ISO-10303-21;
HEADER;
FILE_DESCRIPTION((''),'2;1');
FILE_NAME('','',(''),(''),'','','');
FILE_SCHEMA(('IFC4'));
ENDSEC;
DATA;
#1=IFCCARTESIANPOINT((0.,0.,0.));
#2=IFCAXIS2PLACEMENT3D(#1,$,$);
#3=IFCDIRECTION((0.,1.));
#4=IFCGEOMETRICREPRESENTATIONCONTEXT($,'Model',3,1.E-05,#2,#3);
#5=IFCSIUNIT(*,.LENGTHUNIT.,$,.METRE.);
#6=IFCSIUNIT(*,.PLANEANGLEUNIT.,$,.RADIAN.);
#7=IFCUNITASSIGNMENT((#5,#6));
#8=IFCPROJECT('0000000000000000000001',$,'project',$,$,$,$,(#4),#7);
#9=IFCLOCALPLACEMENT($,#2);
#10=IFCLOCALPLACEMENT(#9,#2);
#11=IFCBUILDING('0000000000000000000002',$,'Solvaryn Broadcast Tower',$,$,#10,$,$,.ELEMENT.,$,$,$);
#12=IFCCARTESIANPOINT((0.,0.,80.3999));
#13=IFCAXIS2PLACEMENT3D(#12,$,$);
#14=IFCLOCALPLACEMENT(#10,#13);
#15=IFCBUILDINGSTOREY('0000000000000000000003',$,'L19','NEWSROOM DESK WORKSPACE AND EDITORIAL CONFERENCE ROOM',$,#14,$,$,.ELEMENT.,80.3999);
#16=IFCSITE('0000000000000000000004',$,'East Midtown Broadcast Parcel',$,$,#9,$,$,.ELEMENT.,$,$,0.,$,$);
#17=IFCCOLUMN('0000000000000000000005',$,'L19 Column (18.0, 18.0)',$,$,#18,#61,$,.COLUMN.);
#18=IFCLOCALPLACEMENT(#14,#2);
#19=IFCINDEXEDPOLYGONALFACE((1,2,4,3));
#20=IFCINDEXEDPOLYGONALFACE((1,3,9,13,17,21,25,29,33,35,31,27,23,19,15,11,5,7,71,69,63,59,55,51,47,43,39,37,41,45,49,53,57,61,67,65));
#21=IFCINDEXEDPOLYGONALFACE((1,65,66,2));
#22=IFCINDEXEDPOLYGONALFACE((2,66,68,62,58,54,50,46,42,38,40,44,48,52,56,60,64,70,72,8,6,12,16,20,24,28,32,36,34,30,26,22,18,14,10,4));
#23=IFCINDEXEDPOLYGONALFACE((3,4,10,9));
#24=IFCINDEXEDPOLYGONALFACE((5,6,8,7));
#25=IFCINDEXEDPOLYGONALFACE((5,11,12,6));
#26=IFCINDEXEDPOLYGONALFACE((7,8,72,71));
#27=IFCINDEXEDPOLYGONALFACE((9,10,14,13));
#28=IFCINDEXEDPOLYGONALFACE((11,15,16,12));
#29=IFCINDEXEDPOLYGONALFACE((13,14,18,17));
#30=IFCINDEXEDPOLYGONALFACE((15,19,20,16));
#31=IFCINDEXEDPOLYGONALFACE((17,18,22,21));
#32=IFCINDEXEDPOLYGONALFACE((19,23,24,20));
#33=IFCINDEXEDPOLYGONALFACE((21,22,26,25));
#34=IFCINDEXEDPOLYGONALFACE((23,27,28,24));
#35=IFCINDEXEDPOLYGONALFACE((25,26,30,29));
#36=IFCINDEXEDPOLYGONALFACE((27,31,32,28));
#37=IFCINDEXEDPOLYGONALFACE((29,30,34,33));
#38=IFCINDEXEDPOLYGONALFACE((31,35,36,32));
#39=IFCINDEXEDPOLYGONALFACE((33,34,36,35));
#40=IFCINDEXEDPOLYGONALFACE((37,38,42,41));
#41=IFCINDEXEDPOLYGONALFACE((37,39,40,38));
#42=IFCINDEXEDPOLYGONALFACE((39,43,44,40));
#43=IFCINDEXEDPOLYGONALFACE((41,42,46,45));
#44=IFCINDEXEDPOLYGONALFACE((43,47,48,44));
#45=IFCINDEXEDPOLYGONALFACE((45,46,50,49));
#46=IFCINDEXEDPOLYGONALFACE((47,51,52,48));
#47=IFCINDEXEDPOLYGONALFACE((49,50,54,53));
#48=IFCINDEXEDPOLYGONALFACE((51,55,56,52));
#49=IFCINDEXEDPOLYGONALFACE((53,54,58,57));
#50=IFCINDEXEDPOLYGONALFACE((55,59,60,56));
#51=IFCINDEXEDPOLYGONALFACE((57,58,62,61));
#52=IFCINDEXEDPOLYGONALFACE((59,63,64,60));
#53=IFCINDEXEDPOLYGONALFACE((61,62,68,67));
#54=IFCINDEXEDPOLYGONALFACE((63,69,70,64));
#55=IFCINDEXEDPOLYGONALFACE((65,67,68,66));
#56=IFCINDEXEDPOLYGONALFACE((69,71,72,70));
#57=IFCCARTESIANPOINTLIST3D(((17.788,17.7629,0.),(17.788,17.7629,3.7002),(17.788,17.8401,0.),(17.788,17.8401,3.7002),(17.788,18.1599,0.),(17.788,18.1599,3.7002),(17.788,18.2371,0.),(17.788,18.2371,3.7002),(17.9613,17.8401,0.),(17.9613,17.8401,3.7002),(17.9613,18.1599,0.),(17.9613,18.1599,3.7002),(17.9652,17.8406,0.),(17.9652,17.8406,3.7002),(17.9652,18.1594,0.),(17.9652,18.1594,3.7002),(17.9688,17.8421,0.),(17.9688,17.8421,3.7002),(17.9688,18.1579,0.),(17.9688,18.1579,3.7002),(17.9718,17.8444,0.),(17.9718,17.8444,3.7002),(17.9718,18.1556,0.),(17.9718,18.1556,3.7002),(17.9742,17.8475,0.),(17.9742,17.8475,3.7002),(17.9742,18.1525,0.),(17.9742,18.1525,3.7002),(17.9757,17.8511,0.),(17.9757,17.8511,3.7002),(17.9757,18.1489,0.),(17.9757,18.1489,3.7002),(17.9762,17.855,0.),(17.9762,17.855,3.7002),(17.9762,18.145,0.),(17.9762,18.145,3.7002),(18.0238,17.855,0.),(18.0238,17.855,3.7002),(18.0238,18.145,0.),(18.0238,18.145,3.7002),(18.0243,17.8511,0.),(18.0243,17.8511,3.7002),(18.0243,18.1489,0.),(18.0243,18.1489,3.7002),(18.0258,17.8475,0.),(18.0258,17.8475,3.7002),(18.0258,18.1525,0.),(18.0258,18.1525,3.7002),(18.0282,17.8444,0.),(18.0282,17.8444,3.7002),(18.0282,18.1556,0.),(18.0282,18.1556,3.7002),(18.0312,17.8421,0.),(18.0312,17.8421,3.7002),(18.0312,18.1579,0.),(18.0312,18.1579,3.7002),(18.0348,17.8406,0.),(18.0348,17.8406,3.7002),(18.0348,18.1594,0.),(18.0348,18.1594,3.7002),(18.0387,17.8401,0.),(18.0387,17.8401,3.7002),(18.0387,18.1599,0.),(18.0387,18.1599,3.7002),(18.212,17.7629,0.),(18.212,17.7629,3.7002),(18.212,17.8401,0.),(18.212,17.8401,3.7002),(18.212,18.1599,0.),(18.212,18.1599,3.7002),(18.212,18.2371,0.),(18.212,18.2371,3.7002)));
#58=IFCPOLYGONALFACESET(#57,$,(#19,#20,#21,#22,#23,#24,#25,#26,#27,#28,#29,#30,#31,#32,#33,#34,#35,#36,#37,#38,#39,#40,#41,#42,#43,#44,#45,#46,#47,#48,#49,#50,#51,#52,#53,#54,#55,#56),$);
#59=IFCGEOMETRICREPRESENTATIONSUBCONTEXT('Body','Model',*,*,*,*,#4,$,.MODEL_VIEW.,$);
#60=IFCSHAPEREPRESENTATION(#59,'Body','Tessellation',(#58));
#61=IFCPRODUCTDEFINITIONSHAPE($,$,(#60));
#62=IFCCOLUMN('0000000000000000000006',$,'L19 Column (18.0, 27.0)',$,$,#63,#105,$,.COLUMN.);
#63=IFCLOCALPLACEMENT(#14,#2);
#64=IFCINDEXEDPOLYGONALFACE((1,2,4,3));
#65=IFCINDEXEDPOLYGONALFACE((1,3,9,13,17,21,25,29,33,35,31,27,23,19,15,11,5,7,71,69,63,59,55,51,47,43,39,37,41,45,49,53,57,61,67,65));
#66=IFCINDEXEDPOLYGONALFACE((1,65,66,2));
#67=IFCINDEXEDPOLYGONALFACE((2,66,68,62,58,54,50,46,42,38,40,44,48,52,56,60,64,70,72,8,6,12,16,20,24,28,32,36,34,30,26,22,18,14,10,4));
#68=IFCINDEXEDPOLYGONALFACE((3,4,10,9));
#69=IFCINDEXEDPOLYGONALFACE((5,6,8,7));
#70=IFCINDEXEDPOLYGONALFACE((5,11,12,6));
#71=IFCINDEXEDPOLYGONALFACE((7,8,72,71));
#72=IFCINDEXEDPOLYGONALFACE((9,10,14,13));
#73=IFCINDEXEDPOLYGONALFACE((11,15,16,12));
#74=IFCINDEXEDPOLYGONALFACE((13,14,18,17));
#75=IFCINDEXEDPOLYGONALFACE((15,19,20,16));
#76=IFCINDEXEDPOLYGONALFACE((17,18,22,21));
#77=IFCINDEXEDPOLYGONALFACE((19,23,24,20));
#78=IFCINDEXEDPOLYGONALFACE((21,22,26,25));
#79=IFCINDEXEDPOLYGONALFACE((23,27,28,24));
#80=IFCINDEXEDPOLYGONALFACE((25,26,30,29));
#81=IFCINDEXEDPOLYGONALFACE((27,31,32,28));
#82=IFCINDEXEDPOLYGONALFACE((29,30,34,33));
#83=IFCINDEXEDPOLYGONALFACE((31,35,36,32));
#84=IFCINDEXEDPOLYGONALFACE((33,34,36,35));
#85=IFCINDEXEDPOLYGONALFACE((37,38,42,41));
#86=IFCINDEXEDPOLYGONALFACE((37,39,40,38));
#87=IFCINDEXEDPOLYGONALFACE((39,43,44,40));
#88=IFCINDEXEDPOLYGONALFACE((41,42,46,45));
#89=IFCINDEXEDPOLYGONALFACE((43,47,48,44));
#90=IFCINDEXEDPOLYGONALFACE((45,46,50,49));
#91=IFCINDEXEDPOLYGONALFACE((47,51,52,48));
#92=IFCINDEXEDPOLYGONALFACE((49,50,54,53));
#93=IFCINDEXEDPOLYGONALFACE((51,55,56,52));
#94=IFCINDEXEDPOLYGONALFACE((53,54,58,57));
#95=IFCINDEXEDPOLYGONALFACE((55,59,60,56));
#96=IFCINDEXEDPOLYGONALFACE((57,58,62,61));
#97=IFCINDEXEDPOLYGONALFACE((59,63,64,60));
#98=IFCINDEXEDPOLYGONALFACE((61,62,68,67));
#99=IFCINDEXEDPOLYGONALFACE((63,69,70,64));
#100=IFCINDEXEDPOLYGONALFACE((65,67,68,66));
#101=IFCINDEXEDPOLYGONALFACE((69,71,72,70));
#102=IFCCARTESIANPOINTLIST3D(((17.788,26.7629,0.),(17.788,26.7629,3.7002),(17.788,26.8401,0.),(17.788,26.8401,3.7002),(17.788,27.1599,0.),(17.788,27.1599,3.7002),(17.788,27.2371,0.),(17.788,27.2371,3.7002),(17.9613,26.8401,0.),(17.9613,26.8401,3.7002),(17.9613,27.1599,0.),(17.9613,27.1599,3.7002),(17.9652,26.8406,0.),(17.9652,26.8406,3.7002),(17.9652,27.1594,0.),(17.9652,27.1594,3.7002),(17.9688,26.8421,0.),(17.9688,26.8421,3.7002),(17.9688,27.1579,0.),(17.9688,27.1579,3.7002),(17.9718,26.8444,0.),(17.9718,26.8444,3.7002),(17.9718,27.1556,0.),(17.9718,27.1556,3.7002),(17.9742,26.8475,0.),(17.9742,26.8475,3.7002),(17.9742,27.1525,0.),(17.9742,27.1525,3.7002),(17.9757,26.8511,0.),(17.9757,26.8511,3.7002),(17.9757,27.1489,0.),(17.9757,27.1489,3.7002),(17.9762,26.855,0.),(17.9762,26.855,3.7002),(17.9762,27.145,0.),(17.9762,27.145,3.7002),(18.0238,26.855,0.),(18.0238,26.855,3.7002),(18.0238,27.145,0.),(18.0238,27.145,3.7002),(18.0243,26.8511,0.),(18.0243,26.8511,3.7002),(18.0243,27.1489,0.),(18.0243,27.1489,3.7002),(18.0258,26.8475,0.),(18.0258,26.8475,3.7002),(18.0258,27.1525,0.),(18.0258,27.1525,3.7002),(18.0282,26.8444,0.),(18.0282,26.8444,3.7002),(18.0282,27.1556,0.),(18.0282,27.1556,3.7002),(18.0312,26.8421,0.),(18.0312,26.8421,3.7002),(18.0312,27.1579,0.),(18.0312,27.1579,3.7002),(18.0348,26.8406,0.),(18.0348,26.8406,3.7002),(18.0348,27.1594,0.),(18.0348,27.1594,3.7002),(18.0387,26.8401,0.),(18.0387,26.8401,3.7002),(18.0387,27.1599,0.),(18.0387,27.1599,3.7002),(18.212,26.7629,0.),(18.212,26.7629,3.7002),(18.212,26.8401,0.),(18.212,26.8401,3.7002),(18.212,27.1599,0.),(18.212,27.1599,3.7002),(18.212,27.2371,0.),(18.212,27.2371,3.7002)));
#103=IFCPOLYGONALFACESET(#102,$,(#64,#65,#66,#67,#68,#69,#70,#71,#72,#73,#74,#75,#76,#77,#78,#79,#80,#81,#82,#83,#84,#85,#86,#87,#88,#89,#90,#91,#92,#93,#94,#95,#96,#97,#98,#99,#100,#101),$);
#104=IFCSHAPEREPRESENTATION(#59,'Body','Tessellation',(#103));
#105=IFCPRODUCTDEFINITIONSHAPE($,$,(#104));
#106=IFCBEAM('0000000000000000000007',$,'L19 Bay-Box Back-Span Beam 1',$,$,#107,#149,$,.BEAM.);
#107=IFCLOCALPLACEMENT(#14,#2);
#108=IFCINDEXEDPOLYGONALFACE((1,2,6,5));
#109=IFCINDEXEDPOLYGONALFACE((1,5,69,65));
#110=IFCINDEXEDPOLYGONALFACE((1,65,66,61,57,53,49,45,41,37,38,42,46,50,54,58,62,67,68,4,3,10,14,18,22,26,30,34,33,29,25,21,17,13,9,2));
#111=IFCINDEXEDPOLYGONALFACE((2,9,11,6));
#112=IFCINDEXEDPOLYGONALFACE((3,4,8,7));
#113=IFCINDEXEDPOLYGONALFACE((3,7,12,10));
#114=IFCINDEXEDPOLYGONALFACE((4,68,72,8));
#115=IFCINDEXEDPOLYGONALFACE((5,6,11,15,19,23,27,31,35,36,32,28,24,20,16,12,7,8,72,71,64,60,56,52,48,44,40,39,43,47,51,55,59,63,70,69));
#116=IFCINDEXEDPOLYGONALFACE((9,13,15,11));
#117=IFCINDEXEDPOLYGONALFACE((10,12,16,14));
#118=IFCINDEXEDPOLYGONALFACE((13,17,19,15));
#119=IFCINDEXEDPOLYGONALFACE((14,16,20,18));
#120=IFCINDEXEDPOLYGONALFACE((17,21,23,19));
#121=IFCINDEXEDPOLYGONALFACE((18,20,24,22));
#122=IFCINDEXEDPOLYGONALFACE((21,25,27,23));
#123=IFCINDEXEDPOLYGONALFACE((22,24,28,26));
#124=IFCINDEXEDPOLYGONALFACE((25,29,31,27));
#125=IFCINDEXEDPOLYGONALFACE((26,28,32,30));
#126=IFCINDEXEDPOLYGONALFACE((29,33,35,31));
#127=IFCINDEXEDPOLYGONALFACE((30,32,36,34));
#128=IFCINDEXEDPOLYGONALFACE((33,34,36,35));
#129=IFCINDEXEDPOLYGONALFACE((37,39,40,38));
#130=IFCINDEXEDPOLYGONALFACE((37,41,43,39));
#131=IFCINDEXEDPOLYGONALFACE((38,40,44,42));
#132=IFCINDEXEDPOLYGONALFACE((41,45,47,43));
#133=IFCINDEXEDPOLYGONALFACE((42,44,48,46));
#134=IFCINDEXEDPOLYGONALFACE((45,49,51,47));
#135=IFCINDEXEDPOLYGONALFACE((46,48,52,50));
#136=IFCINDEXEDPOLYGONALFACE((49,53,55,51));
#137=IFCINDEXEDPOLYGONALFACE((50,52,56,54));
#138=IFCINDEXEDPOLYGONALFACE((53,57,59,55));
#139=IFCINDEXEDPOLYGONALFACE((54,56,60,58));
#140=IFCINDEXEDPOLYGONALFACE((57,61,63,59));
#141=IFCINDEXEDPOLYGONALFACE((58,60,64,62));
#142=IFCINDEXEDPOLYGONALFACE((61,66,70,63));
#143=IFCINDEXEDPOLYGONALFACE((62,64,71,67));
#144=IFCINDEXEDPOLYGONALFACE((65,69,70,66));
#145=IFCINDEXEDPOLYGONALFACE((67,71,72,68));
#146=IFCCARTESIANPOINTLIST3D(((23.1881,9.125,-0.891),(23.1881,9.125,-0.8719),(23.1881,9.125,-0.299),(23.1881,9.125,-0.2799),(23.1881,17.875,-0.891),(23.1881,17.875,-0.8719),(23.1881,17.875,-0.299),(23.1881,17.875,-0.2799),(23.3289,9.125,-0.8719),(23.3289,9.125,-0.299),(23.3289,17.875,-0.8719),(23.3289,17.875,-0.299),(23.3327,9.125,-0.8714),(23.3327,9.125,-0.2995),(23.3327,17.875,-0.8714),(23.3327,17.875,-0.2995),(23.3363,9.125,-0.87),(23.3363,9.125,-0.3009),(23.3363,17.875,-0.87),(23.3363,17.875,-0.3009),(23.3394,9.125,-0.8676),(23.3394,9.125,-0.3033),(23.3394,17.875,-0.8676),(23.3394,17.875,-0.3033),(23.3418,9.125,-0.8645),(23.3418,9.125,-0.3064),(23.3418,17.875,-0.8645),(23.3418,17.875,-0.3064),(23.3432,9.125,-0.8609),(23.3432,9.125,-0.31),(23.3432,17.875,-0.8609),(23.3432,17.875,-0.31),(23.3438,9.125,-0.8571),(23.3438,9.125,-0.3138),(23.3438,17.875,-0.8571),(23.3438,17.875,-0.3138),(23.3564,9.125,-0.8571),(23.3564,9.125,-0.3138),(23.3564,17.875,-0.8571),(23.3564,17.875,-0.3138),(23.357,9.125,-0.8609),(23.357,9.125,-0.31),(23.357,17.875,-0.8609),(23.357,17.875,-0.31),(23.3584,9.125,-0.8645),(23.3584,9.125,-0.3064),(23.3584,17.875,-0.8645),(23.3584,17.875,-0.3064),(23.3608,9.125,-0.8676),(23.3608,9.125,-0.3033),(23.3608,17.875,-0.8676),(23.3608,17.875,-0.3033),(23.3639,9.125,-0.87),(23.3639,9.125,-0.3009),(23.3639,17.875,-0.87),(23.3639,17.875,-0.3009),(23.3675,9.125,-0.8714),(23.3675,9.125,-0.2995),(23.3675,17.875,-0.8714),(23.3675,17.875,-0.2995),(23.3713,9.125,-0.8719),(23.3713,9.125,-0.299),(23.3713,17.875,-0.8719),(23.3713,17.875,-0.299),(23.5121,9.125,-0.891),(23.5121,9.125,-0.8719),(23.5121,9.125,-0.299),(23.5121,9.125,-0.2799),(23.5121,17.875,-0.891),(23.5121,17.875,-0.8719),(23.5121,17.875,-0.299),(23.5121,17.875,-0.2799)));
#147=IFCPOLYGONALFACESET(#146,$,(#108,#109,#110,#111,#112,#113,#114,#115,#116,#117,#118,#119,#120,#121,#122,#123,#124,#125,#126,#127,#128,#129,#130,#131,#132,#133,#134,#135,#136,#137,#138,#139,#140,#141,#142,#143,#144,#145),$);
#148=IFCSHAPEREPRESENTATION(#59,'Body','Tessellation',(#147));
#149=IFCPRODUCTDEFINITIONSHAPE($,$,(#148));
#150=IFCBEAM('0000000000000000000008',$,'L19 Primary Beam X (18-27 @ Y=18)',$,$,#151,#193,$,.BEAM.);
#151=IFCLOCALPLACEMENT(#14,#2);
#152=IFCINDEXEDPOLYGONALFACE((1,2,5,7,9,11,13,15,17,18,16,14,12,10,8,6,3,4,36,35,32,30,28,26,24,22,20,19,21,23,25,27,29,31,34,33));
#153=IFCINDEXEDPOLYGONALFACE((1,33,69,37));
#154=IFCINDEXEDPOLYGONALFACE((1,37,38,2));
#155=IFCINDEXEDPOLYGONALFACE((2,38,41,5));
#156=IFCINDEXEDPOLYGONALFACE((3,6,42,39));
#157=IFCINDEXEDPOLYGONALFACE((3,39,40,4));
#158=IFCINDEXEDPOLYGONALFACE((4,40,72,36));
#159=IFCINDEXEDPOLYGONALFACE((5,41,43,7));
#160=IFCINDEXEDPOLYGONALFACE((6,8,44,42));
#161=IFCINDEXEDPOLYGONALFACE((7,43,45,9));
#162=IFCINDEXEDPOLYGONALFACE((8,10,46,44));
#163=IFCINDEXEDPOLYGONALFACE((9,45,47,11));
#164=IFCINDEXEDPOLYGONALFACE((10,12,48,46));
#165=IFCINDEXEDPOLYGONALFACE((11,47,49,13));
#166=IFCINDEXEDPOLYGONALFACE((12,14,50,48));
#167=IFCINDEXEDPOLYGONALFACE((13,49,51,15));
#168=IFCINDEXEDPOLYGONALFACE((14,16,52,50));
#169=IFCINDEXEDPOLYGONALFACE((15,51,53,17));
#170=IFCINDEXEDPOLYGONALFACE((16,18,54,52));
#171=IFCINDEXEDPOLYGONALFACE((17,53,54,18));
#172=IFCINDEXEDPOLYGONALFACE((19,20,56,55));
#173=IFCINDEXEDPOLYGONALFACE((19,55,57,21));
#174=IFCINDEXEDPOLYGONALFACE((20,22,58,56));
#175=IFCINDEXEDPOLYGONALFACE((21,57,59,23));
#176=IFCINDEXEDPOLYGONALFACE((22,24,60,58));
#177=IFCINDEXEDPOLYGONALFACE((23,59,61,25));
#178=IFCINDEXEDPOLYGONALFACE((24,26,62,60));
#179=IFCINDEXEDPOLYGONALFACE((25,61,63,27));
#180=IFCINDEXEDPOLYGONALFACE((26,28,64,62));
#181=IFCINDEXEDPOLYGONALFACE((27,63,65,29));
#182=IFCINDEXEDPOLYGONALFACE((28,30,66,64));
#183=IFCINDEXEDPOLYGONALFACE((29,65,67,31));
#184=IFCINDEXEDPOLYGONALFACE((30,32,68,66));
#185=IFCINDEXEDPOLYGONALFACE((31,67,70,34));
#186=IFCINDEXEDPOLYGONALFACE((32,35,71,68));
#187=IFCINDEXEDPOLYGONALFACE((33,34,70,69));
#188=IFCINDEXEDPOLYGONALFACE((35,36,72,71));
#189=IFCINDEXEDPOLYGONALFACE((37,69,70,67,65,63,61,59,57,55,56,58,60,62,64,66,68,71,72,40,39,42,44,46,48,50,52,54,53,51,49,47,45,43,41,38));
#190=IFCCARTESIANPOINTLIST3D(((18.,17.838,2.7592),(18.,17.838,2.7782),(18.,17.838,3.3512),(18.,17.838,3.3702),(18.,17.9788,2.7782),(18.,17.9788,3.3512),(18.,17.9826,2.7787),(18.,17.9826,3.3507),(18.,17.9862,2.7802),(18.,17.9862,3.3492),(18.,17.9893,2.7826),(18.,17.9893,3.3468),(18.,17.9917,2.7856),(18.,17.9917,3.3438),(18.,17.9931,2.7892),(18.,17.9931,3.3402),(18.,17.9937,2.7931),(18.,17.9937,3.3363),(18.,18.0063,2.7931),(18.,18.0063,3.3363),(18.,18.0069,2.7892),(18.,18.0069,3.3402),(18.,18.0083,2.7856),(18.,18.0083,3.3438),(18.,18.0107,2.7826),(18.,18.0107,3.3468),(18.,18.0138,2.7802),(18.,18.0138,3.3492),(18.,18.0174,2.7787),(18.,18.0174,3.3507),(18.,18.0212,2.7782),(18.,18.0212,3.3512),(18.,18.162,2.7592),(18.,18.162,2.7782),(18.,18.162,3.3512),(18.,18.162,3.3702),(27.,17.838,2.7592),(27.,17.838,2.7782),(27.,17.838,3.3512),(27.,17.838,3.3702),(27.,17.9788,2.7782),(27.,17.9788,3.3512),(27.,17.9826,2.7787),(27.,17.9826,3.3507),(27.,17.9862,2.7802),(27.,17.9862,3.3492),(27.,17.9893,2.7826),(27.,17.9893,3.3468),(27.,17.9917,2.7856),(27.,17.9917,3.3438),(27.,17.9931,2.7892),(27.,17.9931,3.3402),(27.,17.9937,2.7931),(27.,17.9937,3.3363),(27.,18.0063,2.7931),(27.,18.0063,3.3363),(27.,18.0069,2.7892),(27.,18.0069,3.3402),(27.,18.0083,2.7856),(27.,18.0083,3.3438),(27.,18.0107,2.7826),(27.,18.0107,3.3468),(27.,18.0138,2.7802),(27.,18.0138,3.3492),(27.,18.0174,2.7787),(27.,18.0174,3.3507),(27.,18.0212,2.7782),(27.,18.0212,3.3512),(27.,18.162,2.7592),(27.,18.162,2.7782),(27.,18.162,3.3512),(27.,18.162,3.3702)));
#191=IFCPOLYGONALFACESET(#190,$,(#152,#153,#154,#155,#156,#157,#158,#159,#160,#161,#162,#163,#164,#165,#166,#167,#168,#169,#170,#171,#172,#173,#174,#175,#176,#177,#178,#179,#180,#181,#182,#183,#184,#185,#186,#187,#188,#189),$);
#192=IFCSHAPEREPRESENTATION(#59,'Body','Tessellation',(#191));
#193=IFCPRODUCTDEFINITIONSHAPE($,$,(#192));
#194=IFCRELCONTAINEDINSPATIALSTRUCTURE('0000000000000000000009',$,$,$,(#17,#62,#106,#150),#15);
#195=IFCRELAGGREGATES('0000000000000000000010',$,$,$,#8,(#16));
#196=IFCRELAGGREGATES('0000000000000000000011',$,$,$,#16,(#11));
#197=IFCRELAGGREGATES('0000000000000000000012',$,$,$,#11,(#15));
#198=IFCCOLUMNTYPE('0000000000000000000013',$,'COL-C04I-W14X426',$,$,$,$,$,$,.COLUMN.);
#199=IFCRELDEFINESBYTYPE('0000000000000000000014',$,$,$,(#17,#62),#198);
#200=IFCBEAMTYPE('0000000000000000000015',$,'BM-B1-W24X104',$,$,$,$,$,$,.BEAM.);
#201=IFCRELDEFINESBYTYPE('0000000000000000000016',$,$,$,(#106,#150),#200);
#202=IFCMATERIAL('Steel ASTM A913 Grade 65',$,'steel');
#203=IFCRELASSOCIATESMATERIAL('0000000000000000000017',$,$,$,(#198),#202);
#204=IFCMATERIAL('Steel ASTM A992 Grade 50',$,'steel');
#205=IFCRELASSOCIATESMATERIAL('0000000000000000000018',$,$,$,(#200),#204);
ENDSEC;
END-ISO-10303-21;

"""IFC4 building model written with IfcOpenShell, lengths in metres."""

from ifc_helpers import new_model, si_unit, direction, frame, origin, origin_2d, place, context, subcontext, project, spatial, i_section, extrude, material, material_profile, profile_set, type_object, element, save


model = new_model("IFC4")

# Units and contexts
model_context = context("Model", 3, precision=1e-05, world=origin(), true_north=direction((0.0, 1.0)))
body_context = subcontext(model_context, "Body", "Model", "MODEL_VIEW")
ifc_project = project(units=[si_unit("LENGTHUNIT", "METRE"), si_unit("PLANEANGLEUNIT", "RADIAN")], contexts=[model_context])

# Site, building, storey
site_placement = place(None, origin())
site = spatial("IfcSite", under=ifc_project, at=site_placement, Name="East Midtown Broadcast Parcel", CompositionType="ELEMENT", RefElevation=0.0)
building_placement = place(site_placement, origin())
building = spatial("IfcBuilding", under=site, at=building_placement, Name="Solvaryn Broadcast Tower", CompositionType="ELEMENT")
storey_placement = place(building_placement, frame((0.0, 0.0, 80.3999)))
storey = spatial("IfcBuildingStorey", under=building, at=storey_placement, Name="L19", Description="NEWSROOM DESK WORKSPACE AND EDITORIAL CONFERENCE ROOM", CompositionType="ELEMENT", Elevation=80.3999)

# Columns
ifc_material_1 = material(Name="Steel ASTM A913 Grade 65", Category="steel")
ifc_material_profile_1 = material_profile(ifc_material_1, i_section(OverallWidth=0.4241, OverallDepth=0.4741, WebThickness=0.0476, FlangeThickness=0.0771, FilletRadius=0.0149, at=origin_2d()))
ifc_profile_set_1 = profile_set([ifc_material_profile_1], Name="Steel ASTM A913 Grade 65")
column_type = type_object("IfcColumnType", Name="COL-C04I-W14X426", PredefinedType="COLUMN", material=ifc_profile_set_1)
for number, where, z_axis, x_axis, name in (
    (1, (18.0, 18.0, 0.0), (0.0, 0.0, 1.0), (1.0, 0.0, 0.0), "L19 Column (18.0, 18.0)"),
    (2, (18.0, 27.0, 0.0), (0.0, 0.0, 1.0), (1.0, 0.0, 0.0), "L19 Column (18.0, 27.0)"),
):
    element("IfcColumn", number, at=place(storey_placement, frame(where, z_axis=z_axis, x_axis=x_axis)), inside=storey, type_object=column_type, Name=name, PredefinedType="COLUMN", context=body_context, shape_type="SweptSolid", body=[
        extrude(i_section(OverallWidth=0.4241, OverallDepth=0.4741, WebThickness=0.0476, FlangeThickness=0.0771, FilletRadius=0.0149, at=origin_2d()), origin(), (0.0, 0.0, 1.0), 3.7002),
    ])

# Beams
ifc_material_2 = material(Name="Steel ASTM A992 Grade 50", Category="steel")
ifc_material_profile_2 = material_profile(ifc_material_2, i_section(OverallWidth=0.324, OverallDepth=0.6111, WebThickness=0.0127, FlangeThickness=0.019, FilletRadius=0.0149, at=origin_2d()))
ifc_profile_set_2 = profile_set([ifc_material_profile_2], Name="Steel ASTM A992 Grade 50")
beam_type_1 = type_object("IfcBeamType", Name="BM-B1-W24X104", PredefinedType="BEAM", material=ifc_profile_set_2)
beam_1_placement = place(storey_placement, frame((23.3501, 17.875, -0.5854), z_axis=(0.0, -1.0, 0.0), x_axis=(1.0, 0.0, 0.0)))
element("IfcBeam", 3, at=beam_1_placement, inside=storey, type_object=beam_type_1, Name="L19 Bay-Box Back-Span Beam 1", PredefinedType="BEAM", context=body_context, shape_type="SweptSolid", body=[
    extrude(i_section(OverallWidth=0.324, OverallDepth=0.6111, WebThickness=0.0127, FlangeThickness=0.019, FilletRadius=0.0149, at=origin_2d()), origin(), (0.0, 0.0, 1.0), 8.75),
])
for number, where, z_axis, x_axis, name in (
    (4, (18.0, 18.0, 3.0647), (1.0, 0.0, 0.0), (0.0, 1.0, 0.0), "L19 Primary Beam X (18-27 @ Y=18)"),
):
    element("IfcBeam", number, at=place(storey_placement, frame(where, z_axis=z_axis, x_axis=x_axis)), inside=storey, type_object=beam_type_1, Name=name, PredefinedType="BEAM", context=body_context, shape_type="SweptSolid", body=[
        extrude(i_section(OverallWidth=0.324, OverallDepth=0.6111, WebThickness=0.0127, FlangeThickness=0.019, FilletRadius=0.0149, at=origin_2d()), origin(), (0.0, 0.0, 1.0), 9.0),
    ])

save(model, "model.ifc")
